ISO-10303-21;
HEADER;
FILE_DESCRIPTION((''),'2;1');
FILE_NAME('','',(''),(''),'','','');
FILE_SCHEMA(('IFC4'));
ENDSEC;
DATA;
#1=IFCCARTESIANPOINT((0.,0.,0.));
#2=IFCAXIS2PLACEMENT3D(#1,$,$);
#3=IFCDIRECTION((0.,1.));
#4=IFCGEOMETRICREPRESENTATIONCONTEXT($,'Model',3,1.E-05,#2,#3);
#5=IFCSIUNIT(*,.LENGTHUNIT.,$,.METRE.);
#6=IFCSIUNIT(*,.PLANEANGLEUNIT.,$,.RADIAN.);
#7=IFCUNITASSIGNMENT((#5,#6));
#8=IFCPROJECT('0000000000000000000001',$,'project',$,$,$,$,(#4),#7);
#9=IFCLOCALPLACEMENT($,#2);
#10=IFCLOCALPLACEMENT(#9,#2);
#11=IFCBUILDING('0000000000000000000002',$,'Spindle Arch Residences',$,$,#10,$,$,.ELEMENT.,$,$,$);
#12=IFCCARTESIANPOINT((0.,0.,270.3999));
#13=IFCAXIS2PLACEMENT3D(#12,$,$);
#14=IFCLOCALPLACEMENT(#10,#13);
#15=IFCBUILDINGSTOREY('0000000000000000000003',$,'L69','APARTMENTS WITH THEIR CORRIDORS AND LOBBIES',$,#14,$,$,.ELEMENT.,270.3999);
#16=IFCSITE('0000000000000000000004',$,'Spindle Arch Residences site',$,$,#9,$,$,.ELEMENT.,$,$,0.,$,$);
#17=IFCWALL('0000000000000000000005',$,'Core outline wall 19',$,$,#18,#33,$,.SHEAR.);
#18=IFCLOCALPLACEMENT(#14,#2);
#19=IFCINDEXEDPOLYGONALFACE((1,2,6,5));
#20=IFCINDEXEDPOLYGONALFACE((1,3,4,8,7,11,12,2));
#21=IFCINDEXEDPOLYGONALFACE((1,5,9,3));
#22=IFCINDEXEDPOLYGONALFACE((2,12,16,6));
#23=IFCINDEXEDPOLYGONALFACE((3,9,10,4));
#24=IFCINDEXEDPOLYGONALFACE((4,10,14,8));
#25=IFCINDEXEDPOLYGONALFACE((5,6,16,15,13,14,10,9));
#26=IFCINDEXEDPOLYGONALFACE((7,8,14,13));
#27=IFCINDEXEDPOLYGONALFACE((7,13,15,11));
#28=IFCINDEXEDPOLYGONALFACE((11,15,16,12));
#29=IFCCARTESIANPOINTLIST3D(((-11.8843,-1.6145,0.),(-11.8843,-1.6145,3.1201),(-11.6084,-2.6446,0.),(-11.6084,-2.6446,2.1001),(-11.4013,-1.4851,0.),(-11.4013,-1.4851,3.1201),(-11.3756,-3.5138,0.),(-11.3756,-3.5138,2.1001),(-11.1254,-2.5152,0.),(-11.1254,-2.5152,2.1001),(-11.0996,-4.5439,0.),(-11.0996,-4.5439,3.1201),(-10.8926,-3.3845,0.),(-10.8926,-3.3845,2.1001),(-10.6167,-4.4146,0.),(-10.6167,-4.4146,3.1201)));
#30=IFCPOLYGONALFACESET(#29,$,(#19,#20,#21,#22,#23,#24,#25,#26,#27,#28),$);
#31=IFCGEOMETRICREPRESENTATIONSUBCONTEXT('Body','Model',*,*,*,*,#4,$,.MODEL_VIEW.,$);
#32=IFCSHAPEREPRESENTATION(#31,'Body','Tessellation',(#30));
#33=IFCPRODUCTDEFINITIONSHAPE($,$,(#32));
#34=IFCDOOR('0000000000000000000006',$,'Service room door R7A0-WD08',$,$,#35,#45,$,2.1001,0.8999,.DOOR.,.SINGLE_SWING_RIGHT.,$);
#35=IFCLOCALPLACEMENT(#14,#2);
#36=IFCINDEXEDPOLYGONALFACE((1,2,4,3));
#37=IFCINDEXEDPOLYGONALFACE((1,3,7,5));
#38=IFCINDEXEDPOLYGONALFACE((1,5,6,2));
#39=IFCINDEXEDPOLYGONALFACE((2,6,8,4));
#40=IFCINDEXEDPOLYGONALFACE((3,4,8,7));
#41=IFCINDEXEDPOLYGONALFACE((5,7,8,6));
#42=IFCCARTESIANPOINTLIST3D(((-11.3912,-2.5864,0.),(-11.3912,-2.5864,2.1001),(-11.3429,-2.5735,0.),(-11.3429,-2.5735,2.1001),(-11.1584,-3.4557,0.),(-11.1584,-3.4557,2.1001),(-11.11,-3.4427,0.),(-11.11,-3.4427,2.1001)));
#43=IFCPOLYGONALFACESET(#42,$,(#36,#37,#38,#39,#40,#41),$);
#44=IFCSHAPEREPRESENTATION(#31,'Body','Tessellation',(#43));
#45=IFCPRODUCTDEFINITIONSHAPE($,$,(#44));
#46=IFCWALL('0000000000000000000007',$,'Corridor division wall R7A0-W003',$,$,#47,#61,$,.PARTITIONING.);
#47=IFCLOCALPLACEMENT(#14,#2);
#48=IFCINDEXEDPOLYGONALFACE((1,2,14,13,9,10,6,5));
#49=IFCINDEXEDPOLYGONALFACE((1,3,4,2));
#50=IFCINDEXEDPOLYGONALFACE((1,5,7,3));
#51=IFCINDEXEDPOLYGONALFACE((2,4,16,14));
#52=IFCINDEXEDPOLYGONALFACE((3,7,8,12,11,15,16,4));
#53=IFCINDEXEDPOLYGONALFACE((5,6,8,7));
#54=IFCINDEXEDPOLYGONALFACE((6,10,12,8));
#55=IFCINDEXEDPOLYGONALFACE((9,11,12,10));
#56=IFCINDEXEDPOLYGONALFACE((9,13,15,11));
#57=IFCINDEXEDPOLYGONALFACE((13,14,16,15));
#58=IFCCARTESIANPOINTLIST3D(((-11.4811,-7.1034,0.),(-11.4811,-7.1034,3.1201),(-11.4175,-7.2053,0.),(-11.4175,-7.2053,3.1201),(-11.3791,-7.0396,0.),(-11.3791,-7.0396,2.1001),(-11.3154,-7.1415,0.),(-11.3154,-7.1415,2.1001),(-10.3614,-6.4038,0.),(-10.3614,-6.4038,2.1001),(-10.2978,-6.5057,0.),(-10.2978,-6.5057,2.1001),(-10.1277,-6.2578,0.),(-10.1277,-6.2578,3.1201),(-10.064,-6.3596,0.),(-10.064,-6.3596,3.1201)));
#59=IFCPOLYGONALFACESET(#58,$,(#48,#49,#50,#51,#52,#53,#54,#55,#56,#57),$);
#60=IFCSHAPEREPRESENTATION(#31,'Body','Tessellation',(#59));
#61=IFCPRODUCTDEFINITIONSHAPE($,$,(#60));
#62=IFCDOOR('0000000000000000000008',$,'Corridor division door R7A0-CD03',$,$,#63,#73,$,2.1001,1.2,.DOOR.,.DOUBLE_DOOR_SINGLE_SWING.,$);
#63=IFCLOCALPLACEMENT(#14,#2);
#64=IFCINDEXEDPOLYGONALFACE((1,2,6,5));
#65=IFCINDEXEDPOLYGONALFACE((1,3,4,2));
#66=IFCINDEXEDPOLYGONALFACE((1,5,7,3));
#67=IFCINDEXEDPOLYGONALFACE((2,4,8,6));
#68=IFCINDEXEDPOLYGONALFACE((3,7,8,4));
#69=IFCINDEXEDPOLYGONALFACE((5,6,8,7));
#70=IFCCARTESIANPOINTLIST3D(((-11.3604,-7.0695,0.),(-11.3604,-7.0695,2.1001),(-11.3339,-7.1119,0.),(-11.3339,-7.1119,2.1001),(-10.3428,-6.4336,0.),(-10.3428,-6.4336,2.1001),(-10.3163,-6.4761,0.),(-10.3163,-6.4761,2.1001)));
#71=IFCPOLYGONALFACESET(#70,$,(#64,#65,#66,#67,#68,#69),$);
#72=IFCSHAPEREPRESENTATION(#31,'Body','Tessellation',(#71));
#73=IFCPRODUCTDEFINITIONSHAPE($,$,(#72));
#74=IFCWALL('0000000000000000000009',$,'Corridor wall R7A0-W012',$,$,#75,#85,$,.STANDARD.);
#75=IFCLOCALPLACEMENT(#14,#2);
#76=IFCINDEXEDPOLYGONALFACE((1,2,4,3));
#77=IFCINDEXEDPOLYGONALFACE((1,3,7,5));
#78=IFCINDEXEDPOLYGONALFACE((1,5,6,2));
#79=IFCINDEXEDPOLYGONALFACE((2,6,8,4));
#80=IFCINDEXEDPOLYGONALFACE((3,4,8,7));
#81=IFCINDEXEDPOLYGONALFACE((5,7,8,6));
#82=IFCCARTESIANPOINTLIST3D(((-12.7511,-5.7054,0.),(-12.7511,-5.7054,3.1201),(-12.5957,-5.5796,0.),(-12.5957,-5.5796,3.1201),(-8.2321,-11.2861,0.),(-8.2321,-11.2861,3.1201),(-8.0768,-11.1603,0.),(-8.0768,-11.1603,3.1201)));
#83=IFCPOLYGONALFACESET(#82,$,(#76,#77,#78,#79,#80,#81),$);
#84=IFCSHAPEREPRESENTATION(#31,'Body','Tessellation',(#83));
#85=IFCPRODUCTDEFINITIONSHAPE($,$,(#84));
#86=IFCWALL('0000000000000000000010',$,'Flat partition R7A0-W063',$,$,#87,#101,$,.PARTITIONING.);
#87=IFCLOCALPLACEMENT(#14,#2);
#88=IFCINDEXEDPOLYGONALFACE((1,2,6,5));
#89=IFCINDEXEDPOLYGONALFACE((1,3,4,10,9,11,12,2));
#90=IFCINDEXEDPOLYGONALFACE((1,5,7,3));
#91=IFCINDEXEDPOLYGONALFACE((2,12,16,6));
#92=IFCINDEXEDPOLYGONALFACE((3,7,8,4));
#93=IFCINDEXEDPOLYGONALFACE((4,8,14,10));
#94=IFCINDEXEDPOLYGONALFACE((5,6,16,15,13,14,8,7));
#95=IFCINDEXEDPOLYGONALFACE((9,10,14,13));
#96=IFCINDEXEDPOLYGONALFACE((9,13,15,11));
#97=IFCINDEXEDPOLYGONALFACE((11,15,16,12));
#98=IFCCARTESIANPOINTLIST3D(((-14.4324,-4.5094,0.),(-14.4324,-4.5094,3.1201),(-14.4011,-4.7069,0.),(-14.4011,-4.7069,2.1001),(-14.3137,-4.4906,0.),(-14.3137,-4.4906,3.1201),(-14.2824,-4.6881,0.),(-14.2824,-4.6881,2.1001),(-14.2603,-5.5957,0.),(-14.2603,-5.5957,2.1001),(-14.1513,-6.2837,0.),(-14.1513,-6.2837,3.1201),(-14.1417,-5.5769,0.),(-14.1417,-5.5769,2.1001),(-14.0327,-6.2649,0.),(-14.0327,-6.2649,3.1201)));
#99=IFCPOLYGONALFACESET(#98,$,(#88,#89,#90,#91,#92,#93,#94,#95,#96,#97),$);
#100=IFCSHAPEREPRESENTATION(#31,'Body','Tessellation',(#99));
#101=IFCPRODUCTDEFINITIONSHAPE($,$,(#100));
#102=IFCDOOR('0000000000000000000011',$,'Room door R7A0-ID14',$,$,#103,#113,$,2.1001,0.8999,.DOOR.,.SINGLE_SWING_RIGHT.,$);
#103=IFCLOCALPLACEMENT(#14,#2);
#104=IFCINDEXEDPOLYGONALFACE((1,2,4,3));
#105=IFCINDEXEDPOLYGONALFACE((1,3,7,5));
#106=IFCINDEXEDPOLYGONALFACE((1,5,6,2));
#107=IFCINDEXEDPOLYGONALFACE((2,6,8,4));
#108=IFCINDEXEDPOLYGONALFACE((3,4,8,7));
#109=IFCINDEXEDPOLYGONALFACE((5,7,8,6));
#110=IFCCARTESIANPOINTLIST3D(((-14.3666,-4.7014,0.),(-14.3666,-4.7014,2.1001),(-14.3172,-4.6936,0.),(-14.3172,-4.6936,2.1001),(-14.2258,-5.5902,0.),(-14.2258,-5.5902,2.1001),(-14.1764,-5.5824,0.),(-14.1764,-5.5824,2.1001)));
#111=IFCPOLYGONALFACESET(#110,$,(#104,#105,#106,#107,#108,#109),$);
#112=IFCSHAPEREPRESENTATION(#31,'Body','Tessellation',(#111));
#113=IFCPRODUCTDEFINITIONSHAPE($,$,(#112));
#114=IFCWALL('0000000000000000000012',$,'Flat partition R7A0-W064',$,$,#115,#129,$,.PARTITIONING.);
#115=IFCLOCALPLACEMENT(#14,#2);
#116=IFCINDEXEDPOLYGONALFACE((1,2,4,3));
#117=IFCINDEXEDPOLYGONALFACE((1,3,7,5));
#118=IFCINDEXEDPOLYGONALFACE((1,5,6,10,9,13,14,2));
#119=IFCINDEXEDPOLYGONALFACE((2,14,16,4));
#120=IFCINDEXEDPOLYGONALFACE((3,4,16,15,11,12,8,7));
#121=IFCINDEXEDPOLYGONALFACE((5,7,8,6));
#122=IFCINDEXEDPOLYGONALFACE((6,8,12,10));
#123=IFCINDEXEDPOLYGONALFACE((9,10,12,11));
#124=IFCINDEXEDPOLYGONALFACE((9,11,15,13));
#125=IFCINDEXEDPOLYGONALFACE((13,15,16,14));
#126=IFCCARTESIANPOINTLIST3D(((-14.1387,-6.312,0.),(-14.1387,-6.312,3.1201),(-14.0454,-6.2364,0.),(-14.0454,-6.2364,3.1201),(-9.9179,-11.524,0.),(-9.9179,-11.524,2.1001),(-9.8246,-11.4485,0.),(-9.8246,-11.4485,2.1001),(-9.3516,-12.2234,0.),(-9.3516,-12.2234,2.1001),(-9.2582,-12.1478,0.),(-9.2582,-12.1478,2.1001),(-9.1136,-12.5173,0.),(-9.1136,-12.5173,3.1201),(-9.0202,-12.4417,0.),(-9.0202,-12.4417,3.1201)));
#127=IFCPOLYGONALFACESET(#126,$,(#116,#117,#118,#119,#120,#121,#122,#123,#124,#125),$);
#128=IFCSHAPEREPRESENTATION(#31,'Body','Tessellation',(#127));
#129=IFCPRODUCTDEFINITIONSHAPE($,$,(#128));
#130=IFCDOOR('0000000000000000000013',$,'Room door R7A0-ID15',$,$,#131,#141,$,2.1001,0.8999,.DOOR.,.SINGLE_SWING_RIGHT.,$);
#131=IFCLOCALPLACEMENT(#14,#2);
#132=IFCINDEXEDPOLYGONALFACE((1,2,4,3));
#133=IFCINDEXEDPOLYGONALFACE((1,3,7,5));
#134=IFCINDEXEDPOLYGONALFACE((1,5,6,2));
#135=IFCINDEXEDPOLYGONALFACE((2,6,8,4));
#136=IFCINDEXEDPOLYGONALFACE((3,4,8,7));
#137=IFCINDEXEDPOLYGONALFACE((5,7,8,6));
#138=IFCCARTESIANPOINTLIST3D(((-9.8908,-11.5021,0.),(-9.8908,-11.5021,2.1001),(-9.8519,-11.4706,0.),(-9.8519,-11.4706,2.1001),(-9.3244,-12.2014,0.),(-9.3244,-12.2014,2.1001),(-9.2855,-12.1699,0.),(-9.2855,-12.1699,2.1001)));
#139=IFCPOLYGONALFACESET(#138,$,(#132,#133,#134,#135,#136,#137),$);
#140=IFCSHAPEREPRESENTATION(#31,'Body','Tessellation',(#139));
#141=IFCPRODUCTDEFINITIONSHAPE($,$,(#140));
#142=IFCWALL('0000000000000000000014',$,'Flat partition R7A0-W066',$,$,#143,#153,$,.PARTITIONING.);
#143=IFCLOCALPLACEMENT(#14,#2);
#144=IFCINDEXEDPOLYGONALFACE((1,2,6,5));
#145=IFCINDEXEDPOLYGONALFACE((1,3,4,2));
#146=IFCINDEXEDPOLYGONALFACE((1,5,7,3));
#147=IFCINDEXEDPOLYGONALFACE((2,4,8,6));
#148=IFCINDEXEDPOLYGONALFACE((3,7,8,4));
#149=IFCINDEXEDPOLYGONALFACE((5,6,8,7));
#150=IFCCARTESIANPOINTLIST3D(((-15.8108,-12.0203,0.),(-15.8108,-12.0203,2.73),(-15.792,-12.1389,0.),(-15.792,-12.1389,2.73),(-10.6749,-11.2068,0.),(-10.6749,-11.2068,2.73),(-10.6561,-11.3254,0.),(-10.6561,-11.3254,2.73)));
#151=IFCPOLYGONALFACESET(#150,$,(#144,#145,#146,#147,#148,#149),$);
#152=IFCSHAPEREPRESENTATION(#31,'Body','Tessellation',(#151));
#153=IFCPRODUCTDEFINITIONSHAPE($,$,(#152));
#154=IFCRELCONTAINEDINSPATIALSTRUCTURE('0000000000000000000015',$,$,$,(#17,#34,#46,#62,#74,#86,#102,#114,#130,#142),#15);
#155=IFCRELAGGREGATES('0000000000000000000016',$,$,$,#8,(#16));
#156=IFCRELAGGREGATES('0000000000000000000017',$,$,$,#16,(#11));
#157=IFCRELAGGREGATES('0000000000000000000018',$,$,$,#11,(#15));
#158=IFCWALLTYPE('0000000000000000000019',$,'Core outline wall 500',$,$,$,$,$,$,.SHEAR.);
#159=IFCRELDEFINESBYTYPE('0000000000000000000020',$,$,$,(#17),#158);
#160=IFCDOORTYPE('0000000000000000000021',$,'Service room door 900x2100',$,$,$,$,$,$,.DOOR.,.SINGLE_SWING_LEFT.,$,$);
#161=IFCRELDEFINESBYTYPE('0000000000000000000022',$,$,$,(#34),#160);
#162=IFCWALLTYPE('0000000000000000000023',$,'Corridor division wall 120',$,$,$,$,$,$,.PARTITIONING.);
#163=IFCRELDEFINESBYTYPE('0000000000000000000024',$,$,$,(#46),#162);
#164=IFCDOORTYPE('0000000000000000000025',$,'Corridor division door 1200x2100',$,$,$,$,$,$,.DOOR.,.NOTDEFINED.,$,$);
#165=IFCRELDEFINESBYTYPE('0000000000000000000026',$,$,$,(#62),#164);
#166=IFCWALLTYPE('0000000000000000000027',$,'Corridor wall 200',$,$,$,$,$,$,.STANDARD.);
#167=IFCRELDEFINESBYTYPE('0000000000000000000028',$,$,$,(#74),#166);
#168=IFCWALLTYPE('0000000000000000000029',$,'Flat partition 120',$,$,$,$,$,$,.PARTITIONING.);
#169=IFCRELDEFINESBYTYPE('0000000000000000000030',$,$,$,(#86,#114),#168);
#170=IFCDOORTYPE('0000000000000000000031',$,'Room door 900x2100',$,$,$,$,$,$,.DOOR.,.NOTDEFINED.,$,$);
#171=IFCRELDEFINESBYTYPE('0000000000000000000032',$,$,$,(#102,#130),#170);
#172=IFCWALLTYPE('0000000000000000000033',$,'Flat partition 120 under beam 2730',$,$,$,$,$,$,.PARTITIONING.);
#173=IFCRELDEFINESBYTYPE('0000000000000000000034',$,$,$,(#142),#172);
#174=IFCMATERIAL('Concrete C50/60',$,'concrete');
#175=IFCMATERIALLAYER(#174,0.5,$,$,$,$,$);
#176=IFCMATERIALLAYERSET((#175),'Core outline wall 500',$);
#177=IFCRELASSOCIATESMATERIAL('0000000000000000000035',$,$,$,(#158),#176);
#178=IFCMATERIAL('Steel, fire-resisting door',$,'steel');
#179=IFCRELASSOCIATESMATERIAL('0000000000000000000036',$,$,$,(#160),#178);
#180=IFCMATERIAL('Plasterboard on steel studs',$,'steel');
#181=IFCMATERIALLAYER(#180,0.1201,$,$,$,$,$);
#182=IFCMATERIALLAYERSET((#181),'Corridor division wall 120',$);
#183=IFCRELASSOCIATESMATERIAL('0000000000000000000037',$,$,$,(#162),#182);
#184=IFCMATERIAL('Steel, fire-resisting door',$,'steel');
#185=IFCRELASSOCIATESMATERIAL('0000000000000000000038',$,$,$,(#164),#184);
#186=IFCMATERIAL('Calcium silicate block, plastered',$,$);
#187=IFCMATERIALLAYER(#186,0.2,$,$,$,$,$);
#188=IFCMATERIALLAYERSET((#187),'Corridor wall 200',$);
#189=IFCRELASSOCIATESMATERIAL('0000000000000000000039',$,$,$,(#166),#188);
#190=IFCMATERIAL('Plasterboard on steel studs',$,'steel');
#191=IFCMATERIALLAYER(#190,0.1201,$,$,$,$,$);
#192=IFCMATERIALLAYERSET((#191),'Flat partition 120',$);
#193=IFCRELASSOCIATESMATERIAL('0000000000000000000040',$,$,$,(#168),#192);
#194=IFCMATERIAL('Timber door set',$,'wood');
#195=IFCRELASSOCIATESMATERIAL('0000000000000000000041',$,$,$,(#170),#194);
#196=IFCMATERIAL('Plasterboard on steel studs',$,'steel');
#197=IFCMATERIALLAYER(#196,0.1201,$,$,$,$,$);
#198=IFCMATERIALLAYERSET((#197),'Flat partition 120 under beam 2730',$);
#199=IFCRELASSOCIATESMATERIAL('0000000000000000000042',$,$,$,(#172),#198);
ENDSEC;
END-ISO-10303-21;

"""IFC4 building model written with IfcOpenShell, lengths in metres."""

from ifc_helpers import new_model, si_unit, direction, frame, frame_2d, origin, place, context, subcontext, project, spatial, rectangle, extrude, material, layer, layer_set, type_object, element, fill, save


model = new_model("IFC4")

# Units and contexts
model_context = context("Model", 3, precision=1e-05, world=origin(), true_north=direction((0.0, 1.0)))
body_context = subcontext(model_context, "Body", "Model", "MODEL_VIEW")
ifc_project = project(units=[si_unit("LENGTHUNIT", "METRE"), si_unit("PLANEANGLEUNIT", "RADIAN")], contexts=[model_context])

# Site, building, storey
site_placement = place(None, origin())
site = spatial("IfcSite", under=ifc_project, at=site_placement, Name="Spindle Arch Residences site", CompositionType="ELEMENT", RefElevation=0.0)
building_placement = place(site_placement, origin())
building = spatial("IfcBuilding", under=site, at=building_placement, Name="Spindle Arch Residences", CompositionType="ELEMENT")
storey_placement = place(building_placement, frame((0.0, 0.0, 270.3999)))
storey = spatial("IfcBuildingStorey", under=building, at=storey_placement, Name="L69", Description="APARTMENTS WITH THEIR CORRIDORS AND LOBBIES", CompositionType="ELEMENT", Elevation=270.3999)

# Walls, openings, doors
ifc_material_1 = material(Name="Concrete C50/60", Category="concrete")
ifc_layer_1 = layer(ifc_material_1, 0.5)
ifc_layer_set_1 = layer_set([ifc_layer_1], Name="Core outline wall 500")
wall_type_1 = type_object("IfcWallType", Name="Core outline wall 500", PredefinedType="SHEAR", material=ifc_layer_set_1)
wall_1_placement = place(storey_placement, frame((-11.6428, -1.5498, 0.0), z_axis=(0.0, 0.0, 1.0), x_axis=(0.258735, -0.965948, 0.0)))
wall_1 = element("IfcWall", 1, at=wall_1_placement, inside=storey, type_object=wall_type_1, Name="Core outline wall 19", PredefinedType="SHEAR", context=body_context, shape_type="SweptSolid", body=[
    extrude(rectangle(XDim=3.0327, YDim=0.5, at=frame_2d((1.5164, 0.0))), origin(), (0.0, 0.0, 1.0), 3.1201),
])
opening_1_placement = place(wall_1_placement, frame((1.0664, 0.0, 0.0)))
opening_1 = element("IfcOpeningElement", 2, at=opening_1_placement, cuts=wall_1, PredefinedType="OPENING", context=body_context, shape_type="SweptSolid", body=[
    extrude(rectangle(XDim=0.8999, YDim=2.1001, at=frame_2d((0.45, 1.05))), frame((0.0, 0.26, 0.0), z_axis=(0.0, -1.0, 0.0), x_axis=(1.0, 0.0, 0.0)), (0.0, 0.0, 1.0), 0.52),
])
ifc_material_2 = material(Name="Steel, fire-resisting door", Category="steel")
door_type_1 = type_object("IfcDoorType", Name="Service room door 900x2100", OperationType="SINGLE_SWING_LEFT", PredefinedType="DOOR", material=ifc_material_2)
door_1_placement = place(opening_1_placement, origin())
door_1 = element("IfcDoor", 3, at=door_1_placement, inside=storey, type_object=door_type_1, Name="Service room door R7A0-WD08", OperationType="SINGLE_SWING_RIGHT", OverallHeight=2.1001, OverallWidth=0.8999, PredefinedType="DOOR", context=body_context, shape_type="SweptSolid", body=[
    extrude(rectangle(XDim=0.8999, YDim=2.1001, at=frame_2d((0.45, 1.05))), frame((0.0, 0.0249, 0.0), z_axis=(0.0, -1.0, 0.0), x_axis=(1.0, 0.0, 0.0)), (0.0, 0.0, 1.0), 0.05),
])
fill(opening_1, door_1)
ifc_material_3 = material(Name="Plasterboard on steel studs", Category="steel")
ifc_layer_2 = layer(ifc_material_3, 0.1201)
ifc_layer_set_2 = layer_set([ifc_layer_2], Name="Corridor division wall 120")
wall_type_2 = type_object("IfcWallType", Name="Corridor division wall 120", PredefinedType="PARTITIONING", material=ifc_layer_set_2)
wall_2_placement = place(storey_placement, frame((-11.4492, -7.1543, 0.0), z_axis=(0.0, 0.0, 1.0), x_axis=(0.848067, 0.529889, 0.0)))
wall_2 = element("IfcWall", 4, at=wall_2_placement, inside=storey, type_object=wall_type_2, Name="Corridor division wall R7A0-W003", PredefinedType="PARTITIONING", context=body_context, shape_type="SweptSolid", body=[
    extrude(rectangle(XDim=1.5959, YDim=0.1201, at=frame_2d((0.7979, 0.0))), origin(), (0.0, 0.0, 1.0), 3.1201),
])
opening_2_placement = place(wall_2_placement, frame((0.1201, 0.0, 0.0)))
opening_2 = element("IfcOpeningElement", 5, at=opening_2_placement, cuts=wall_2, PredefinedType="OPENING", context=body_context, shape_type="SweptSolid", body=[
    extrude(rectangle(XDim=1.2, YDim=2.1001, at=frame_2d((0.6001, 1.05))), frame((0.0, 0.0701, 0.0), z_axis=(0.0, -1.0, 0.0), x_axis=(1.0, 0.0, 0.0)), (0.0, 0.0, 1.0), 0.1401),
])
ifc_material_4 = material(Name="Steel, fire-resisting door", Category="steel")
door_type_2 = type_object("IfcDoorType", Name="Corridor division door 1200x2100", OperationType="NOTDEFINED", PredefinedType="DOOR", material=ifc_material_4)
door_2_placement = place(opening_2_placement, origin())
door_2 = element("IfcDoor", 6, at=door_2_placement, inside=storey, type_object=door_type_2, Name="Corridor division door R7A0-CD03", OperationType="DOUBLE_DOOR_SINGLE_SWING", OverallHeight=2.1001, OverallWidth=1.2, PredefinedType="DOOR", context=body_context, shape_type="SweptSolid", body=[
    extrude(rectangle(XDim=1.2, YDim=2.1001, at=frame_2d((0.6001, 1.05))), frame((0.0, 0.0249, 0.0), z_axis=(0.0, -1.0, 0.0), x_axis=(1.0, 0.0, 0.0)), (0.0, 0.0, 1.0), 0.05),
])
fill(opening_2, door_2)

# Wall
ifc_material_5 = material(Name="Calcium silicate block, plastered")
ifc_layer_3 = layer(ifc_material_5, 0.2)
ifc_layer_set_3 = layer_set([ifc_layer_3], Name="Corridor wall 200")
wall_type_3 = type_object("IfcWallType", Name="Corridor wall 200", PredefinedType="STANDARD", material=ifc_layer_set_3)
wall_3_placement = place(storey_placement, frame((-12.6733, -5.6426, 0.0), z_axis=(0.0, 0.0, 1.0), x_axis=(0.629303, -0.77716, 0.0)))
element("IfcWall", 7, at=wall_3_placement, inside=storey, type_object=wall_type_3, Name="Corridor wall R7A0-W012", PredefinedType="STANDARD", context=body_context, shape_type="SweptSolid", body=[
    extrude(rectangle(XDim=7.1809, YDim=0.2, at=frame_2d((3.5903, 0.0))), origin(), (0.0, 0.0, 1.0), 3.1201),
])

# Walls, openings, doors
ifc_material_6 = material(Name="Plasterboard on steel studs", Category="steel")
ifc_layer_4 = layer(ifc_material_6, 0.1201)
ifc_layer_set_4 = layer_set([ifc_layer_4], Name="Flat partition 120")
wall_type_4 = type_object("IfcWallType", Name="Flat partition 120", PredefinedType="PARTITIONING", material=ifc_layer_set_4)
wall_4_placement = place(storey_placement, frame((-14.373, -4.5, 0.0), z_axis=(0.0, 0.0, 1.0), x_axis=(0.156437, -0.987688, 0.0)))
wall_4 = element("IfcWall", 8, at=wall_4_placement, inside=storey, type_object=wall_type_4, Name="Flat partition R7A0-W063", PredefinedType="PARTITIONING", context=body_context, shape_type="SweptSolid", body=[
    extrude(rectangle(XDim=1.7964, YDim=0.1201, at=frame_2d((0.8982, 0.0))), origin(), (0.0, 0.0, 1.0), 3.1201),
])
opening_3_placement = place(wall_4_placement, frame((0.2, 0.0, 0.0)))
opening_3 = element("IfcOpeningElement", 9, at=opening_3_placement, cuts=wall_4, PredefinedType="OPENING", context=body_context, shape_type="SweptSolid", body=[
    extrude(rectangle(XDim=0.8999, YDim=2.1001, at=frame_2d((0.45, 1.05))), frame((0.0, 0.0701, 0.0), z_axis=(0.0, -1.0, 0.0), x_axis=(1.0, 0.0, 0.0)), (0.0, 0.0, 1.0), 0.1401),
])
ifc_material_7 = material(Name="Timber door set", Category="wood")
door_type_3 = type_object("IfcDoorType", Name="Room door 900x2100", OperationType="NOTDEFINED", PredefinedType="DOOR", material=ifc_material_7)
door_3_placement = place(opening_3_placement, origin())
door_3 = element("IfcDoor", 10, at=door_3_placement, inside=storey, type_object=door_type_3, Name="Room door R7A0-ID14", OperationType="SINGLE_SWING_RIGHT", OverallHeight=2.1001, OverallWidth=0.8999, PredefinedType="DOOR", context=body_context, shape_type="SweptSolid", body=[
    extrude(rectangle(XDim=0.8999, YDim=2.1001, at=frame_2d((0.45, 1.05))), frame((0.0, 0.0249, 0.0), z_axis=(0.0, -1.0, 0.0), x_axis=(1.0, 0.0, 0.0)), (0.0, 0.0, 1.0), 0.05),
])
fill(opening_3, door_3)
wall_5_placement = place(storey_placement, frame((-14.092, -6.2742, 0.0), z_axis=(0.0, 0.0, 1.0), x_axis=(0.629334, -0.777135, 0.0)))
wall_5 = element("IfcWall", 11, at=wall_5_placement, inside=storey, type_object=wall_type_4, Name="Flat partition R7A0-W064", PredefinedType="PARTITIONING", context=body_context, shape_type="SweptSolid", body=[
    extrude(rectangle(XDim=7.9849, YDim=0.1201, at=frame_2d((3.9924, 0.0))), origin(), (0.0, 0.0, 1.0), 3.1201),
])
opening_4_placement = place(wall_5_placement, frame((6.7068, 0.0, 0.0)))
opening_4 = element("IfcOpeningElement", 12, at=opening_4_placement, cuts=wall_5, PredefinedType="OPENING", context=body_context, shape_type="SweptSolid", body=[
    extrude(rectangle(XDim=0.8999, YDim=2.1001, at=frame_2d((0.45, 1.05))), frame((0.0, 0.0701, 0.0), z_axis=(0.0, -1.0, 0.0), x_axis=(1.0, 0.0, 0.0)), (0.0, 0.0, 1.0), 0.1401),
])
door_4_placement = place(opening_4_placement, origin())
door_4 = element("IfcDoor", 13, at=door_4_placement, inside=storey, type_object=door_type_3, Name="Room door R7A0-ID15", OperationType="SINGLE_SWING_RIGHT", OverallHeight=2.1001, OverallWidth=0.8999, PredefinedType="DOOR", context=body_context, shape_type="SweptSolid", body=[
    extrude(rectangle(XDim=0.8999, YDim=2.1001, at=frame_2d((0.45, 1.05))), frame((0.0, 0.0249, 0.0), z_axis=(0.0, -1.0, 0.0), x_axis=(1.0, 0.0, 0.0)), (0.0, 0.0, 1.0), 0.05),
])
fill(opening_4, door_4)

# Wall
ifc_material_8 = material(Name="Plasterboard on steel studs", Category="steel")
ifc_layer_5 = layer(ifc_material_8, 0.1201)
ifc_layer_set_5 = layer_set([ifc_layer_5], Name="Flat partition 120 under beam 2730")
wall_type_5 = type_object("IfcWallType", Name="Flat partition 120 under beam 2730", PredefinedType="PARTITIONING", material=ifc_layer_set_5)
wall_6_placement = place(storey_placement, frame((-15.8015, -12.0796, 0.0), z_axis=(0.0, 0.0, 1.0), x_axis=(0.987688, 0.156438, 0.0)))
element("IfcWall", 14, at=wall_6_placement, inside=storey, type_object=wall_type_5, Name="Flat partition R7A0-W066", PredefinedType="PARTITIONING", context=body_context, shape_type="SweptSolid", body=[
    extrude(rectangle(XDim=5.2, YDim=0.1201, at=frame_2d((2.6001, 0.0))), origin(), (0.0, 0.0, 1.0), 2.73),
])

save(model, "model.ifc")
